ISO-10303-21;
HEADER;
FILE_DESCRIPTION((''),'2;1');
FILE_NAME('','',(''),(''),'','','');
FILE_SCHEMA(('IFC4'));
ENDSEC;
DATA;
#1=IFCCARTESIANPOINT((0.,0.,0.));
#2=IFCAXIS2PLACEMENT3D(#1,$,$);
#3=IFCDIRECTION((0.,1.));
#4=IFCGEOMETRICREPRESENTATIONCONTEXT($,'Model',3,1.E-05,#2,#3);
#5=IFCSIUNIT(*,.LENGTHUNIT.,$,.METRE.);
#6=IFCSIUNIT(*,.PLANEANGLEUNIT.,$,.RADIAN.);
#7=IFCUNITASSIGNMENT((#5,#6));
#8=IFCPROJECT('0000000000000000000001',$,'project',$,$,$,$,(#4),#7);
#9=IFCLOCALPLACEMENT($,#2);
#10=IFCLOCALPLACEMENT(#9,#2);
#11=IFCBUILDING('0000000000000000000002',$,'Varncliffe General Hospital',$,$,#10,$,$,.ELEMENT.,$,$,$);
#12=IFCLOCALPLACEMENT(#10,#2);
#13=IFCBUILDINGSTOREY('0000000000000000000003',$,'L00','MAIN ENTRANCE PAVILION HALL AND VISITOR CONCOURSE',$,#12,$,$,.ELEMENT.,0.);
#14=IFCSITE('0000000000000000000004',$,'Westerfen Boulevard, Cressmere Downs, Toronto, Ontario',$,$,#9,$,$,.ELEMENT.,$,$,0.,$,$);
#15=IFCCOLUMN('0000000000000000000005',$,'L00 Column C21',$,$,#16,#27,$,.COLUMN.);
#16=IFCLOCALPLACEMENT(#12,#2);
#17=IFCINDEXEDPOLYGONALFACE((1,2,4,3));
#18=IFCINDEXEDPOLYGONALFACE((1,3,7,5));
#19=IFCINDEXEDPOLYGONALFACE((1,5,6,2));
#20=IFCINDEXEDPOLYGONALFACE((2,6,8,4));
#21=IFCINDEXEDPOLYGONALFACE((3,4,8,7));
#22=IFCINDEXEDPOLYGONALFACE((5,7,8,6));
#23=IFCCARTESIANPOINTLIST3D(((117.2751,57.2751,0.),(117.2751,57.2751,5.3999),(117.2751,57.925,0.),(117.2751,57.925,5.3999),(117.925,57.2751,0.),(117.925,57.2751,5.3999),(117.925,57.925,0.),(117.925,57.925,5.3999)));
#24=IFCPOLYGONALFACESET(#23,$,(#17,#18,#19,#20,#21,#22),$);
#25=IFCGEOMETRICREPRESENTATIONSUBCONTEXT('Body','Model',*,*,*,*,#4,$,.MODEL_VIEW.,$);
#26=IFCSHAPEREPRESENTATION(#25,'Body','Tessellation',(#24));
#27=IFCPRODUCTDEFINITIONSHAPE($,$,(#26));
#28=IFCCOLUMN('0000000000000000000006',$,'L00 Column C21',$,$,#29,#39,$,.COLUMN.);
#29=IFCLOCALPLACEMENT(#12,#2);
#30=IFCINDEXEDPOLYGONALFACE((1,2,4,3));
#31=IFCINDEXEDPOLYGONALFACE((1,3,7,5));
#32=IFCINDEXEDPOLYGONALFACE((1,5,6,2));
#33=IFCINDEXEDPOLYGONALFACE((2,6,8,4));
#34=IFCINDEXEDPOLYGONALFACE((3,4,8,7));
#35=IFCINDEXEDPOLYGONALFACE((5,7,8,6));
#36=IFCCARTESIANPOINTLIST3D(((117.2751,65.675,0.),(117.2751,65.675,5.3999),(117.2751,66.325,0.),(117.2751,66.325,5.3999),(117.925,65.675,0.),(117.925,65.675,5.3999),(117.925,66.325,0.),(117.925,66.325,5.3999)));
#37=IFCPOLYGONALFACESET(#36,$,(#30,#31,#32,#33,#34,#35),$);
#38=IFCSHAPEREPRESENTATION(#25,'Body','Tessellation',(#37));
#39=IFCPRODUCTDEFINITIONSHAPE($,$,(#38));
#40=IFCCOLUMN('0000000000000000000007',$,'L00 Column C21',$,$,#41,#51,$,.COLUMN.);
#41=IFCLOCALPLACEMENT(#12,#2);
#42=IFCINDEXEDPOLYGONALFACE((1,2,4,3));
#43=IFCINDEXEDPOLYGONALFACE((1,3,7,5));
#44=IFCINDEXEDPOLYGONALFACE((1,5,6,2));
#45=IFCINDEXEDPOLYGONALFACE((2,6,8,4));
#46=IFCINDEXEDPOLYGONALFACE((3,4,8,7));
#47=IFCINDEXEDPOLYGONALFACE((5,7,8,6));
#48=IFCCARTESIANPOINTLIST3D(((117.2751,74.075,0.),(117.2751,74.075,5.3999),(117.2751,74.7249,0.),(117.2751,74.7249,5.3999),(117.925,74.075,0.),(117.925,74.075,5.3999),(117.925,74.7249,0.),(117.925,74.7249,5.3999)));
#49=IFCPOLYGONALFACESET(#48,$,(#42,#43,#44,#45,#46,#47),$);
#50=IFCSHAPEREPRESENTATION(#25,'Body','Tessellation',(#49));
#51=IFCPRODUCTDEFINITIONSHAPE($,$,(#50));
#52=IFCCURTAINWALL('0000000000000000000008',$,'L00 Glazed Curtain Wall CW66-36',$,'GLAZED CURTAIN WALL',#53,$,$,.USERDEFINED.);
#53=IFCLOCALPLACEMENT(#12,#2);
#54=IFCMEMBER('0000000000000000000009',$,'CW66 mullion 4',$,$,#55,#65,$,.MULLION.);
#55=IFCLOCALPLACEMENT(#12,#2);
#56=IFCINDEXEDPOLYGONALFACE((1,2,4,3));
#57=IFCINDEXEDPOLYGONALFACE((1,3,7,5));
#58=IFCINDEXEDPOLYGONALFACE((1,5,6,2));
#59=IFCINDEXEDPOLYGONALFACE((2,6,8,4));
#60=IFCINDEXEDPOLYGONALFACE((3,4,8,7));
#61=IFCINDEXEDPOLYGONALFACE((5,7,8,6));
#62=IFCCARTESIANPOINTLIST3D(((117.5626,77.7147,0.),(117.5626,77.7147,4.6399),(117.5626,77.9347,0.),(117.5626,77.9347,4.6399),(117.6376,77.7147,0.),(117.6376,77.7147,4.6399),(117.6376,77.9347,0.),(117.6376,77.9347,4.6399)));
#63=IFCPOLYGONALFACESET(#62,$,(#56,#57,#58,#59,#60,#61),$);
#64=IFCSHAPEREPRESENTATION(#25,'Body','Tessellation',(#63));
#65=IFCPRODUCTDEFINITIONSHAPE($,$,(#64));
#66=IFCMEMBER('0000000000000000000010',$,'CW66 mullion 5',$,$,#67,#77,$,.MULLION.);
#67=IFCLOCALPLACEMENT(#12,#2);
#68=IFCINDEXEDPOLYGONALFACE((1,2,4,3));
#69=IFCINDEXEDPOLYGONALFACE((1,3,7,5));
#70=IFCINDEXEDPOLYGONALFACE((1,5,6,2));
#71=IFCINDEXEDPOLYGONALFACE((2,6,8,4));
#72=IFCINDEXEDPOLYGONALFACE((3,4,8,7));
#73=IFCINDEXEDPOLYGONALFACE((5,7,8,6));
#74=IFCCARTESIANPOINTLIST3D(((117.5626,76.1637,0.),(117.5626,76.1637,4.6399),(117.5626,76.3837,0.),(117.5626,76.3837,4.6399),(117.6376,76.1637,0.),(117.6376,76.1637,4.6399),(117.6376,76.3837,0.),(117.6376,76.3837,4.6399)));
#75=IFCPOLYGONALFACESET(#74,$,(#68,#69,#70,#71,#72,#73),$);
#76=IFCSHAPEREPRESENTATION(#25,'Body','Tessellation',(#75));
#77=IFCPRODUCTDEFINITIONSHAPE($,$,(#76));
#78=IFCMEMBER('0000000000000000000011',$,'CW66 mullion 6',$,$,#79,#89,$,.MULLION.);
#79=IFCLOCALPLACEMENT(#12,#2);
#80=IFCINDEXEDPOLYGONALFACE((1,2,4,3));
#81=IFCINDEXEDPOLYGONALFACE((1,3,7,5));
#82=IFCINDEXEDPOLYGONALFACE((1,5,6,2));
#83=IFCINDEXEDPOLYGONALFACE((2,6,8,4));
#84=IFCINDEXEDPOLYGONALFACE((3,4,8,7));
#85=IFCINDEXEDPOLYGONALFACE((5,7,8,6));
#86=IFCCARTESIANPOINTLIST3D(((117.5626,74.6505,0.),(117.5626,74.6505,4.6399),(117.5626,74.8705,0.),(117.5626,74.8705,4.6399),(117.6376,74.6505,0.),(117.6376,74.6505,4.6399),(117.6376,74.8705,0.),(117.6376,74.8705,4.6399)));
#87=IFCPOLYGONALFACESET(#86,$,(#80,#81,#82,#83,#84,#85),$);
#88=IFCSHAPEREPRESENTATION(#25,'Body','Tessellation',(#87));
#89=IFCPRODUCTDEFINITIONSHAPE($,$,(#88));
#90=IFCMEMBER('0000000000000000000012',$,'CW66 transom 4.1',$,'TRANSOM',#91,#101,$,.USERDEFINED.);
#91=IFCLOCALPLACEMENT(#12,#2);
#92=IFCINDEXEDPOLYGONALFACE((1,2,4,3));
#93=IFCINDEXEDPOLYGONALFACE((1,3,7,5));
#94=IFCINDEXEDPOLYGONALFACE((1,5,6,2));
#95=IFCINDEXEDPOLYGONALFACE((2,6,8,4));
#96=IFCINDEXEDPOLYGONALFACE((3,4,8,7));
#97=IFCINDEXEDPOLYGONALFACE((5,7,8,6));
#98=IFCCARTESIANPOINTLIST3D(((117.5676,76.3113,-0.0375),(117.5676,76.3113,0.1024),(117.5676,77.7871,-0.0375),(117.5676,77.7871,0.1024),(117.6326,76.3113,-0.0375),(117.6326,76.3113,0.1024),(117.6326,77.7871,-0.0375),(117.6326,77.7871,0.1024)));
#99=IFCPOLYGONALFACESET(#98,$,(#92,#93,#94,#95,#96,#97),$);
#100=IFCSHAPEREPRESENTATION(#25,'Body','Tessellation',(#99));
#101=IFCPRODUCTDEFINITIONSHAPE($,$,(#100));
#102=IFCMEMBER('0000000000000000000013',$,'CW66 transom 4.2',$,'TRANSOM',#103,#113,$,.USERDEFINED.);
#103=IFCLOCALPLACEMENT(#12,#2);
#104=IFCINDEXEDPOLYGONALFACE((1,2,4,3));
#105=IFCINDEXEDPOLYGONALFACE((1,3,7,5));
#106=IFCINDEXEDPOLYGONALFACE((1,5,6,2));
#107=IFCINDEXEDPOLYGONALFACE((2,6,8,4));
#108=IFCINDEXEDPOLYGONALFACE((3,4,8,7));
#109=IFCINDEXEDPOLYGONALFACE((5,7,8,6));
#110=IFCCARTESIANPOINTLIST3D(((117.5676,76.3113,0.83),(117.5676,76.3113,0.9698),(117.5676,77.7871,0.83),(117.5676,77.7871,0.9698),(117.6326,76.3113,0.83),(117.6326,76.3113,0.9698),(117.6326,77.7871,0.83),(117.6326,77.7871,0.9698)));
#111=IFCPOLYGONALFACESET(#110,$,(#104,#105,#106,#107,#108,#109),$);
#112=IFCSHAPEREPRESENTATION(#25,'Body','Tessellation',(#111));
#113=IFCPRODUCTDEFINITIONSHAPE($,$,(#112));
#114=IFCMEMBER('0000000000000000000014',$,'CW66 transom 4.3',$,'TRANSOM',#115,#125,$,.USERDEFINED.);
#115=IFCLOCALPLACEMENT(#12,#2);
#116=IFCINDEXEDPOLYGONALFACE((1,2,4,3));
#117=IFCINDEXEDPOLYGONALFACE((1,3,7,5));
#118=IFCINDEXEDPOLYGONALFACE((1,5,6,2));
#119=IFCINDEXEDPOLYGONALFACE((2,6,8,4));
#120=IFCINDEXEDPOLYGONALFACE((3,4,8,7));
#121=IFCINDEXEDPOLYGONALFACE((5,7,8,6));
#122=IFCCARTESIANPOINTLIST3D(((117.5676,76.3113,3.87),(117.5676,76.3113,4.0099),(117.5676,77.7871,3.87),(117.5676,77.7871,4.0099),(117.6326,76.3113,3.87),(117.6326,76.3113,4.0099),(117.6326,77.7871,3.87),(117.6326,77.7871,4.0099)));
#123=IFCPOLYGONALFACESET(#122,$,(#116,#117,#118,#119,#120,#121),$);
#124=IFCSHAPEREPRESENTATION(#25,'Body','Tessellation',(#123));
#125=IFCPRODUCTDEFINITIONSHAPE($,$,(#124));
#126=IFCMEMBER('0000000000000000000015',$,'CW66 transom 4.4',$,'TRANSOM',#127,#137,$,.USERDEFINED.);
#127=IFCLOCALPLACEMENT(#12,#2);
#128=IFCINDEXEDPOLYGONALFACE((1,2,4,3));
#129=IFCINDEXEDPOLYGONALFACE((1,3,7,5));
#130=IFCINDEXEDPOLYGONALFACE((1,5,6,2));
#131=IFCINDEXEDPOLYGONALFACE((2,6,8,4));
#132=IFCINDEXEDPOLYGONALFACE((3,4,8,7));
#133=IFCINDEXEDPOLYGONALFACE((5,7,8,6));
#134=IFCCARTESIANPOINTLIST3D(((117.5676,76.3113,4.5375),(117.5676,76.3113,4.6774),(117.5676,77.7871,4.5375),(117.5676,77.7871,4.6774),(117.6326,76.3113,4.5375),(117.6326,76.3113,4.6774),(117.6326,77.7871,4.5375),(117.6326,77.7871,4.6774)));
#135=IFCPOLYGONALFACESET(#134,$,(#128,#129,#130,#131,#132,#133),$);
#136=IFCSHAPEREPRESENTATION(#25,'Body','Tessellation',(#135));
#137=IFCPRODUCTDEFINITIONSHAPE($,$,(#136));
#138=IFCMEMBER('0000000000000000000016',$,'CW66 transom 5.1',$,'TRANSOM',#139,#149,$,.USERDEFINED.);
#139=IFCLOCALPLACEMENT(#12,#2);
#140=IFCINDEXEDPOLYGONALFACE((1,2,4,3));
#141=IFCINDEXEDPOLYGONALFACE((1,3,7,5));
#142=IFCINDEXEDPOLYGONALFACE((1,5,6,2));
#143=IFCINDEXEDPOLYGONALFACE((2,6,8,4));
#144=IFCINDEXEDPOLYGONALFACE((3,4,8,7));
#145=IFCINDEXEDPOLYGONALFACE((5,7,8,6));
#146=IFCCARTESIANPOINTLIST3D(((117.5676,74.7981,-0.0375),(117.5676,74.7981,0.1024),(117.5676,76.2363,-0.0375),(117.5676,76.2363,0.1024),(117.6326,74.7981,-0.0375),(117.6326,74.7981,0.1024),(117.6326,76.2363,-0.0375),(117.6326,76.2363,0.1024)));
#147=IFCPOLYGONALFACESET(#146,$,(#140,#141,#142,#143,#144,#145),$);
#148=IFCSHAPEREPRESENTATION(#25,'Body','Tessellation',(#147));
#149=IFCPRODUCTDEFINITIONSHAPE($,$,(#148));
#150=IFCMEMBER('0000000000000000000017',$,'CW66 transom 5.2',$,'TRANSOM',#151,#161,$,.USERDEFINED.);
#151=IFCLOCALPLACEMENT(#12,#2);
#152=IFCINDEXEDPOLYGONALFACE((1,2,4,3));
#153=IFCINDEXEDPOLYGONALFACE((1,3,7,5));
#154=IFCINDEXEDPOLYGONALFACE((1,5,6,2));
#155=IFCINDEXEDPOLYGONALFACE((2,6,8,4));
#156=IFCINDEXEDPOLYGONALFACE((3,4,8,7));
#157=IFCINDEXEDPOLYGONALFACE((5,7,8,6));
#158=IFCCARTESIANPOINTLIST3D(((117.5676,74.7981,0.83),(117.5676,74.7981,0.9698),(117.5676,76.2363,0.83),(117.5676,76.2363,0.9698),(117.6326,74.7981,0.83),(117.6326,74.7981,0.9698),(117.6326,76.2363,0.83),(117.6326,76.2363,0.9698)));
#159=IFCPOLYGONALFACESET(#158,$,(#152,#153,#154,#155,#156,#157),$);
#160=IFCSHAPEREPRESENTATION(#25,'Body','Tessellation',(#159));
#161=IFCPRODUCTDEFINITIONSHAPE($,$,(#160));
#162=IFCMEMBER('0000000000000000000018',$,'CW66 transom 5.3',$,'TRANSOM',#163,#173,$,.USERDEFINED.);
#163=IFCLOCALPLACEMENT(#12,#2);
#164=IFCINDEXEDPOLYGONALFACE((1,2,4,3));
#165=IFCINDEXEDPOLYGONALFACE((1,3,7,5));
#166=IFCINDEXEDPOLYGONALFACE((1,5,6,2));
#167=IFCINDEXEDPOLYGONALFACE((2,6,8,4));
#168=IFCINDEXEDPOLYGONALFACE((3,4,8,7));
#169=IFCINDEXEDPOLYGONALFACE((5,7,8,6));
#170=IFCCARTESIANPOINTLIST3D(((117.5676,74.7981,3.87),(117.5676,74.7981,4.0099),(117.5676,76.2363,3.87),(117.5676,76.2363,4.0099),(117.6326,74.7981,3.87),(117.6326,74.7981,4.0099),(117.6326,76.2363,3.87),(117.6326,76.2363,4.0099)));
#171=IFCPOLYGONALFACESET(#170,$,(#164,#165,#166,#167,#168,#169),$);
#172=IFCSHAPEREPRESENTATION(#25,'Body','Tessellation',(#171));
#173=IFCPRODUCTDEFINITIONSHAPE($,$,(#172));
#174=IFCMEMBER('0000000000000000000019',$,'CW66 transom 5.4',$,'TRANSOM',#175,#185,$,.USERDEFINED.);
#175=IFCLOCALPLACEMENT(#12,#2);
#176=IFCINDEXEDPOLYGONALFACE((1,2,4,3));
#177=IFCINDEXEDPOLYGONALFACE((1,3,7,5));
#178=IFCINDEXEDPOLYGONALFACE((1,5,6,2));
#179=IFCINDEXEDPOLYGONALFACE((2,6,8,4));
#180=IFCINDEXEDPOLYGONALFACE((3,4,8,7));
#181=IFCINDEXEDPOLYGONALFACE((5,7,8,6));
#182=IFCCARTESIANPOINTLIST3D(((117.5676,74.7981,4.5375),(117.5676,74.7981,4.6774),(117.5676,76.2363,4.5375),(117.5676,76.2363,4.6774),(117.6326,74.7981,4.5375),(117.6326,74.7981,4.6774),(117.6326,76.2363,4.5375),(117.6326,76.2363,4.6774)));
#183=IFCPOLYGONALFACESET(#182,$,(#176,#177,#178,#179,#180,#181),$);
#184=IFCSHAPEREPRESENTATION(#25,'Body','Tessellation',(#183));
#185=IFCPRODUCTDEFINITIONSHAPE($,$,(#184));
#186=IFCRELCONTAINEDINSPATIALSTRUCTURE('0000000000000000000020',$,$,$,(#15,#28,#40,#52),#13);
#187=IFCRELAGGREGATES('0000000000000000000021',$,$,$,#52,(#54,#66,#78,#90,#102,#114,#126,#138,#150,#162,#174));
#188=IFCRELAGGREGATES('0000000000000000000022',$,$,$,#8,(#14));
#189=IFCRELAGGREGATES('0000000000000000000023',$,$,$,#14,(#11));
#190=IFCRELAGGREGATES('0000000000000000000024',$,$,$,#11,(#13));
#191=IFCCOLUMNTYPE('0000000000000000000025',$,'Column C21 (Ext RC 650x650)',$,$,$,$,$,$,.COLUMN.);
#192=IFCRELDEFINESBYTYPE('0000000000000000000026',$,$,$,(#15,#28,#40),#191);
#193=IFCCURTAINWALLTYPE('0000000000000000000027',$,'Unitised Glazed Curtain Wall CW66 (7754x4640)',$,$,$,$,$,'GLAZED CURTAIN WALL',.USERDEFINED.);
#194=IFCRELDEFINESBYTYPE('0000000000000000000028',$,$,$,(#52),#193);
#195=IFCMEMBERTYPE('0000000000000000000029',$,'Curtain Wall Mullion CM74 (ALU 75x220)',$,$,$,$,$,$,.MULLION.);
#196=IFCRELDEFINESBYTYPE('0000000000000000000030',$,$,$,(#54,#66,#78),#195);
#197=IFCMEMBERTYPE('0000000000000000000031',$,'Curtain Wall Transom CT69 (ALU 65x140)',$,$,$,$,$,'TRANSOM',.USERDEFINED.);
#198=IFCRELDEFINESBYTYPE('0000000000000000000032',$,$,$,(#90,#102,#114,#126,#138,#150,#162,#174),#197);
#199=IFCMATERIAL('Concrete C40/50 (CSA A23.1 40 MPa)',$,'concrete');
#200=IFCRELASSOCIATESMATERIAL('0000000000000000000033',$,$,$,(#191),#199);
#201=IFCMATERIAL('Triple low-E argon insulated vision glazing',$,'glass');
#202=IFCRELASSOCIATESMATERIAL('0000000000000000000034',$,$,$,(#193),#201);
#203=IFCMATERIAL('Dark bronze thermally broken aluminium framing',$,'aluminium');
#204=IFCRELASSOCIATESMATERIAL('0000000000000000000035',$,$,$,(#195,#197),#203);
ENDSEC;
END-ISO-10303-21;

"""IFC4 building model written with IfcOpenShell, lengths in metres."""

from ifc_helpers import new_model, si_unit, direction, frame, origin, origin_2d, place, context, subcontext, project, spatial, rectangle, extrude, material, material_profile, profile_set, type_object, element, aggregate, save


model = new_model("IFC4")

# Units and contexts
model_context = context("Model", 3, precision=1e-05, world=origin(), true_north=direction((0.0, 1.0)))
body_context = subcontext(model_context, "Body", "Model", "MODEL_VIEW")
ifc_project = project(units=[si_unit("LENGTHUNIT", "METRE"), si_unit("PLANEANGLEUNIT", "RADIAN")], contexts=[model_context])

# Site, building, storey
site_placement = place(None, origin())
site = spatial("IfcSite", under=ifc_project, at=site_placement, Name="Westerfen Boulevard, Cressmere Downs, Toronto, Ontario", CompositionType="ELEMENT", RefElevation=0.0)
building_placement = place(site_placement, origin())
building = spatial("IfcBuilding", under=site, at=building_placement, Name="Varncliffe General Hospital", CompositionType="ELEMENT")
storey_placement = place(building_placement, origin())
storey = spatial("IfcBuildingStorey", under=building, at=storey_placement, Name="L00", Description="MAIN ENTRANCE PAVILION HALL AND VISITOR CONCOURSE", CompositionType="ELEMENT", Elevation=0.0)

# Columns
ifc_material_1 = material(Name="Concrete C40/50 (CSA A23.1 40 MPa)", Category="concrete")
ifc_material_profile_1 = material_profile(ifc_material_1, rectangle(XDim=0.6499, YDim=0.6499, at=origin_2d()), Name="RC 650x650")
ifc_profile_set_1 = profile_set([ifc_material_profile_1], Name="Concrete C40/50 (CSA A23.1 40 MPa)")
column_type = type_object("IfcColumnType", Name="Column C21 (Ext RC 650x650)", PredefinedType="COLUMN", material=ifc_profile_set_1)
for number, where, z_axis, x_axis, name in (
    (1, (117.6001, 57.6001, 0.0), (0.0, 0.0, 1.0), (1.0, 0.0, 0.0), "L00 Column C21"),
    (2, (117.6001, 66.0, 0.0), (0.0, 0.0, 1.0), (1.0, 0.0, 0.0), "L00 Column C21"),
    (3, (117.6001, 74.3999, 0.0), (0.0, 0.0, 1.0), (1.0, 0.0, 0.0), "L00 Column C21"),
):
    element("IfcColumn", number, at=place(storey_placement, frame(where, z_axis=z_axis, x_axis=x_axis)), inside=storey, type_object=column_type, Name=name, PredefinedType="COLUMN", context=body_context, shape_type="SweptSolid", body=[
        extrude(rectangle(XDim=0.6499, YDim=0.6499, at=origin_2d()), origin(), (0.0, 0.0, 1.0), 5.3999),
    ])

# Curtain wall, members
ifc_material_2 = material(Name="Triple low-E argon insulated vision glazing", Category="glass")
curtain_wall_type = type_object("IfcCurtainWallType", Name="Unitised Glazed Curtain Wall CW66 (7754x4640)", ElementType="GLAZED CURTAIN WALL", PredefinedType="USERDEFINED", material=ifc_material_2)
curtain_wall_placement = place(storey_placement, origin())
curtain_wall = element("IfcCurtainWall", 4, at=curtain_wall_placement, inside=storey, type_object=curtain_wall_type, Name="L00 Glazed Curtain Wall CW66-36", ObjectType="GLAZED CURTAIN WALL", PredefinedType="USERDEFINED")
ifc_material_3 = material(Name="Dark bronze thermally broken aluminium framing", Category="aluminium")
ifc_material_profile_2 = material_profile(ifc_material_3, rectangle(XDim=0.075, YDim=0.22, at=origin_2d()), Name="ALU 75x220")
ifc_profile_set_2 = profile_set([ifc_material_profile_2], Name="Dark bronze thermally broken aluminium framing")
member_type_1 = type_object("IfcMemberType", Name="Curtain Wall Mullion CM74 (ALU 75x220)", PredefinedType="MULLION", material=ifc_profile_set_2)
member_1_placement = place(storey_placement, frame((117.6001, 77.8247, 0.0), z_axis=(0.0, 0.0, 1.0), x_axis=(1.0, 0.0, 0.0)))
member_1 = element("IfcMember", 5, at=member_1_placement, type_object=member_type_1, Name="CW66 mullion 4", PredefinedType="MULLION", context=body_context, shape_type="SweptSolid", body=[
    extrude(rectangle(XDim=0.075, YDim=0.22, at=origin_2d()), origin(), (0.0, 0.0, 1.0), 4.6399),
])
member_2_placement = place(storey_placement, frame((117.6001, 76.2737, 0.0), z_axis=(0.0, 0.0, 1.0), x_axis=(1.0, 0.0, 0.0)))
member_2 = element("IfcMember", 6, at=member_2_placement, type_object=member_type_1, Name="CW66 mullion 5", PredefinedType="MULLION", context=body_context, shape_type="SweptSolid", body=[
    extrude(rectangle(XDim=0.075, YDim=0.22, at=origin_2d()), origin(), (0.0, 0.0, 1.0), 4.6399),
])
member_3_placement = place(storey_placement, frame((117.6001, 74.7605, 0.0), z_axis=(0.0, 0.0, 1.0), x_axis=(1.0, 0.0, 0.0)))
member_3 = element("IfcMember", 7, at=member_3_placement, type_object=member_type_1, Name="CW66 mullion 6", PredefinedType="MULLION", context=body_context, shape_type="SweptSolid", body=[
    extrude(rectangle(XDim=0.075, YDim=0.22, at=origin_2d()), origin(), (0.0, 0.0, 1.0), 4.6399),
])
ifc_material_profile_3 = material_profile(ifc_material_3, rectangle(XDim=0.0649, YDim=0.1399, at=origin_2d()), Name="ALU 65x140")
ifc_profile_set_3 = profile_set([ifc_material_profile_3], Name="Dark bronze thermally broken aluminium framing")
member_type_2 = type_object("IfcMemberType", Name="Curtain Wall Transom CT69 (ALU 65x140)", ElementType="TRANSOM", PredefinedType="USERDEFINED", material=ifc_profile_set_3)
member_4_placement = place(storey_placement, frame((117.6001, 77.7871, 0.0325), z_axis=(0.0, -1.0, 0.0), x_axis=(1.0, 0.0, 0.0)))
member_4 = element("IfcMember", 8, at=member_4_placement, type_object=member_type_2, Name="CW66 transom 4.1", ObjectType="TRANSOM", PredefinedType="USERDEFINED", context=body_context, shape_type="SweptSolid", body=[
    extrude(rectangle(XDim=0.0649, YDim=0.1399, at=origin_2d()), origin(), (0.0, 0.0, 1.0), 1.4758),
])
member_5_placement = place(storey_placement, frame((117.6001, 77.7871, 0.8999), z_axis=(0.0, -1.0, 0.0), x_axis=(1.0, 0.0, 0.0)))
member_5 = element("IfcMember", 9, at=member_5_placement, type_object=member_type_2, Name="CW66 transom 4.2", ObjectType="TRANSOM", PredefinedType="USERDEFINED", context=body_context, shape_type="SweptSolid", body=[
    extrude(rectangle(XDim=0.0649, YDim=0.1399, at=origin_2d()), origin(), (0.0, 0.0, 1.0), 1.4758),
])
member_6_placement = place(storey_placement, frame((117.6001, 77.7871, 3.9399), z_axis=(0.0, -1.0, 0.0), x_axis=(1.0, 0.0, 0.0)))
member_6 = element("IfcMember", 10, at=member_6_placement, type_object=member_type_2, Name="CW66 transom 4.3", ObjectType="TRANSOM", PredefinedType="USERDEFINED", context=body_context, shape_type="SweptSolid", body=[
    extrude(rectangle(XDim=0.0649, YDim=0.1399, at=origin_2d()), origin(), (0.0, 0.0, 1.0), 1.4758),
])
member_7_placement = place(storey_placement, frame((117.6001, 77.7871, 4.6074), z_axis=(0.0, -1.0, 0.0), x_axis=(1.0, 0.0, 0.0)))
member_7 = element("IfcMember", 11, at=member_7_placement, type_object=member_type_2, Name="CW66 transom 4.4", ObjectType="TRANSOM", PredefinedType="USERDEFINED", context=body_context, shape_type="SweptSolid", body=[
    extrude(rectangle(XDim=0.0649, YDim=0.1399, at=origin_2d()), origin(), (0.0, 0.0, 1.0), 1.4758),
])
member_8_placement = place(storey_placement, frame((117.6001, 76.2363, 0.0325), z_axis=(0.0, -1.0, 0.0), x_axis=(1.0, 0.0, 0.0)))
member_8 = element("IfcMember", 12, at=member_8_placement, type_object=member_type_2, Name="CW66 transom 5.1", ObjectType="TRANSOM", PredefinedType="USERDEFINED", context=body_context, shape_type="SweptSolid", body=[
    extrude(rectangle(XDim=0.0649, YDim=0.1399, at=origin_2d()), origin(), (0.0, 0.0, 1.0), 1.4382),
])
member_9_placement = place(storey_placement, frame((117.6001, 76.2363, 0.8999), z_axis=(0.0, -1.0, 0.0), x_axis=(1.0, 0.0, 0.0)))
member_9 = element("IfcMember", 13, at=member_9_placement, type_object=member_type_2, Name="CW66 transom 5.2", ObjectType="TRANSOM", PredefinedType="USERDEFINED", context=body_context, shape_type="SweptSolid", body=[
    extrude(rectangle(XDim=0.0649, YDim=0.1399, at=origin_2d()), origin(), (0.0, 0.0, 1.0), 1.4382),
])
member_10_placement = place(storey_placement, frame((117.6001, 76.2363, 3.9399), z_axis=(0.0, -1.0, 0.0), x_axis=(1.0, 0.0, 0.0)))
member_10 = element("IfcMember", 14, at=member_10_placement, type_object=member_type_2, Name="CW66 transom 5.3", ObjectType="TRANSOM", PredefinedType="USERDEFINED", context=body_context, shape_type="SweptSolid", body=[
    extrude(rectangle(XDim=0.0649, YDim=0.1399, at=origin_2d()), origin(), (0.0, 0.0, 1.0), 1.4382),
])
member_11_placement = place(storey_placement, frame((117.6001, 76.2363, 4.6074), z_axis=(0.0, -1.0, 0.0), x_axis=(1.0, 0.0, 0.0)))
member_11 = element("IfcMember", 15, at=member_11_placement, type_object=member_type_2, Name="CW66 transom 5.4", ObjectType="TRANSOM", PredefinedType="USERDEFINED", context=body_context, shape_type="SweptSolid", body=[
    extrude(rectangle(XDim=0.0649, YDim=0.1399, at=origin_2d()), origin(), (0.0, 0.0, 1.0), 1.4382),
])

aggregate(curtain_wall, [member_1, member_2, member_3, member_4, member_5, member_6, member_7, member_8, member_9, member_10, member_11])

save(model, "model.ifc")
